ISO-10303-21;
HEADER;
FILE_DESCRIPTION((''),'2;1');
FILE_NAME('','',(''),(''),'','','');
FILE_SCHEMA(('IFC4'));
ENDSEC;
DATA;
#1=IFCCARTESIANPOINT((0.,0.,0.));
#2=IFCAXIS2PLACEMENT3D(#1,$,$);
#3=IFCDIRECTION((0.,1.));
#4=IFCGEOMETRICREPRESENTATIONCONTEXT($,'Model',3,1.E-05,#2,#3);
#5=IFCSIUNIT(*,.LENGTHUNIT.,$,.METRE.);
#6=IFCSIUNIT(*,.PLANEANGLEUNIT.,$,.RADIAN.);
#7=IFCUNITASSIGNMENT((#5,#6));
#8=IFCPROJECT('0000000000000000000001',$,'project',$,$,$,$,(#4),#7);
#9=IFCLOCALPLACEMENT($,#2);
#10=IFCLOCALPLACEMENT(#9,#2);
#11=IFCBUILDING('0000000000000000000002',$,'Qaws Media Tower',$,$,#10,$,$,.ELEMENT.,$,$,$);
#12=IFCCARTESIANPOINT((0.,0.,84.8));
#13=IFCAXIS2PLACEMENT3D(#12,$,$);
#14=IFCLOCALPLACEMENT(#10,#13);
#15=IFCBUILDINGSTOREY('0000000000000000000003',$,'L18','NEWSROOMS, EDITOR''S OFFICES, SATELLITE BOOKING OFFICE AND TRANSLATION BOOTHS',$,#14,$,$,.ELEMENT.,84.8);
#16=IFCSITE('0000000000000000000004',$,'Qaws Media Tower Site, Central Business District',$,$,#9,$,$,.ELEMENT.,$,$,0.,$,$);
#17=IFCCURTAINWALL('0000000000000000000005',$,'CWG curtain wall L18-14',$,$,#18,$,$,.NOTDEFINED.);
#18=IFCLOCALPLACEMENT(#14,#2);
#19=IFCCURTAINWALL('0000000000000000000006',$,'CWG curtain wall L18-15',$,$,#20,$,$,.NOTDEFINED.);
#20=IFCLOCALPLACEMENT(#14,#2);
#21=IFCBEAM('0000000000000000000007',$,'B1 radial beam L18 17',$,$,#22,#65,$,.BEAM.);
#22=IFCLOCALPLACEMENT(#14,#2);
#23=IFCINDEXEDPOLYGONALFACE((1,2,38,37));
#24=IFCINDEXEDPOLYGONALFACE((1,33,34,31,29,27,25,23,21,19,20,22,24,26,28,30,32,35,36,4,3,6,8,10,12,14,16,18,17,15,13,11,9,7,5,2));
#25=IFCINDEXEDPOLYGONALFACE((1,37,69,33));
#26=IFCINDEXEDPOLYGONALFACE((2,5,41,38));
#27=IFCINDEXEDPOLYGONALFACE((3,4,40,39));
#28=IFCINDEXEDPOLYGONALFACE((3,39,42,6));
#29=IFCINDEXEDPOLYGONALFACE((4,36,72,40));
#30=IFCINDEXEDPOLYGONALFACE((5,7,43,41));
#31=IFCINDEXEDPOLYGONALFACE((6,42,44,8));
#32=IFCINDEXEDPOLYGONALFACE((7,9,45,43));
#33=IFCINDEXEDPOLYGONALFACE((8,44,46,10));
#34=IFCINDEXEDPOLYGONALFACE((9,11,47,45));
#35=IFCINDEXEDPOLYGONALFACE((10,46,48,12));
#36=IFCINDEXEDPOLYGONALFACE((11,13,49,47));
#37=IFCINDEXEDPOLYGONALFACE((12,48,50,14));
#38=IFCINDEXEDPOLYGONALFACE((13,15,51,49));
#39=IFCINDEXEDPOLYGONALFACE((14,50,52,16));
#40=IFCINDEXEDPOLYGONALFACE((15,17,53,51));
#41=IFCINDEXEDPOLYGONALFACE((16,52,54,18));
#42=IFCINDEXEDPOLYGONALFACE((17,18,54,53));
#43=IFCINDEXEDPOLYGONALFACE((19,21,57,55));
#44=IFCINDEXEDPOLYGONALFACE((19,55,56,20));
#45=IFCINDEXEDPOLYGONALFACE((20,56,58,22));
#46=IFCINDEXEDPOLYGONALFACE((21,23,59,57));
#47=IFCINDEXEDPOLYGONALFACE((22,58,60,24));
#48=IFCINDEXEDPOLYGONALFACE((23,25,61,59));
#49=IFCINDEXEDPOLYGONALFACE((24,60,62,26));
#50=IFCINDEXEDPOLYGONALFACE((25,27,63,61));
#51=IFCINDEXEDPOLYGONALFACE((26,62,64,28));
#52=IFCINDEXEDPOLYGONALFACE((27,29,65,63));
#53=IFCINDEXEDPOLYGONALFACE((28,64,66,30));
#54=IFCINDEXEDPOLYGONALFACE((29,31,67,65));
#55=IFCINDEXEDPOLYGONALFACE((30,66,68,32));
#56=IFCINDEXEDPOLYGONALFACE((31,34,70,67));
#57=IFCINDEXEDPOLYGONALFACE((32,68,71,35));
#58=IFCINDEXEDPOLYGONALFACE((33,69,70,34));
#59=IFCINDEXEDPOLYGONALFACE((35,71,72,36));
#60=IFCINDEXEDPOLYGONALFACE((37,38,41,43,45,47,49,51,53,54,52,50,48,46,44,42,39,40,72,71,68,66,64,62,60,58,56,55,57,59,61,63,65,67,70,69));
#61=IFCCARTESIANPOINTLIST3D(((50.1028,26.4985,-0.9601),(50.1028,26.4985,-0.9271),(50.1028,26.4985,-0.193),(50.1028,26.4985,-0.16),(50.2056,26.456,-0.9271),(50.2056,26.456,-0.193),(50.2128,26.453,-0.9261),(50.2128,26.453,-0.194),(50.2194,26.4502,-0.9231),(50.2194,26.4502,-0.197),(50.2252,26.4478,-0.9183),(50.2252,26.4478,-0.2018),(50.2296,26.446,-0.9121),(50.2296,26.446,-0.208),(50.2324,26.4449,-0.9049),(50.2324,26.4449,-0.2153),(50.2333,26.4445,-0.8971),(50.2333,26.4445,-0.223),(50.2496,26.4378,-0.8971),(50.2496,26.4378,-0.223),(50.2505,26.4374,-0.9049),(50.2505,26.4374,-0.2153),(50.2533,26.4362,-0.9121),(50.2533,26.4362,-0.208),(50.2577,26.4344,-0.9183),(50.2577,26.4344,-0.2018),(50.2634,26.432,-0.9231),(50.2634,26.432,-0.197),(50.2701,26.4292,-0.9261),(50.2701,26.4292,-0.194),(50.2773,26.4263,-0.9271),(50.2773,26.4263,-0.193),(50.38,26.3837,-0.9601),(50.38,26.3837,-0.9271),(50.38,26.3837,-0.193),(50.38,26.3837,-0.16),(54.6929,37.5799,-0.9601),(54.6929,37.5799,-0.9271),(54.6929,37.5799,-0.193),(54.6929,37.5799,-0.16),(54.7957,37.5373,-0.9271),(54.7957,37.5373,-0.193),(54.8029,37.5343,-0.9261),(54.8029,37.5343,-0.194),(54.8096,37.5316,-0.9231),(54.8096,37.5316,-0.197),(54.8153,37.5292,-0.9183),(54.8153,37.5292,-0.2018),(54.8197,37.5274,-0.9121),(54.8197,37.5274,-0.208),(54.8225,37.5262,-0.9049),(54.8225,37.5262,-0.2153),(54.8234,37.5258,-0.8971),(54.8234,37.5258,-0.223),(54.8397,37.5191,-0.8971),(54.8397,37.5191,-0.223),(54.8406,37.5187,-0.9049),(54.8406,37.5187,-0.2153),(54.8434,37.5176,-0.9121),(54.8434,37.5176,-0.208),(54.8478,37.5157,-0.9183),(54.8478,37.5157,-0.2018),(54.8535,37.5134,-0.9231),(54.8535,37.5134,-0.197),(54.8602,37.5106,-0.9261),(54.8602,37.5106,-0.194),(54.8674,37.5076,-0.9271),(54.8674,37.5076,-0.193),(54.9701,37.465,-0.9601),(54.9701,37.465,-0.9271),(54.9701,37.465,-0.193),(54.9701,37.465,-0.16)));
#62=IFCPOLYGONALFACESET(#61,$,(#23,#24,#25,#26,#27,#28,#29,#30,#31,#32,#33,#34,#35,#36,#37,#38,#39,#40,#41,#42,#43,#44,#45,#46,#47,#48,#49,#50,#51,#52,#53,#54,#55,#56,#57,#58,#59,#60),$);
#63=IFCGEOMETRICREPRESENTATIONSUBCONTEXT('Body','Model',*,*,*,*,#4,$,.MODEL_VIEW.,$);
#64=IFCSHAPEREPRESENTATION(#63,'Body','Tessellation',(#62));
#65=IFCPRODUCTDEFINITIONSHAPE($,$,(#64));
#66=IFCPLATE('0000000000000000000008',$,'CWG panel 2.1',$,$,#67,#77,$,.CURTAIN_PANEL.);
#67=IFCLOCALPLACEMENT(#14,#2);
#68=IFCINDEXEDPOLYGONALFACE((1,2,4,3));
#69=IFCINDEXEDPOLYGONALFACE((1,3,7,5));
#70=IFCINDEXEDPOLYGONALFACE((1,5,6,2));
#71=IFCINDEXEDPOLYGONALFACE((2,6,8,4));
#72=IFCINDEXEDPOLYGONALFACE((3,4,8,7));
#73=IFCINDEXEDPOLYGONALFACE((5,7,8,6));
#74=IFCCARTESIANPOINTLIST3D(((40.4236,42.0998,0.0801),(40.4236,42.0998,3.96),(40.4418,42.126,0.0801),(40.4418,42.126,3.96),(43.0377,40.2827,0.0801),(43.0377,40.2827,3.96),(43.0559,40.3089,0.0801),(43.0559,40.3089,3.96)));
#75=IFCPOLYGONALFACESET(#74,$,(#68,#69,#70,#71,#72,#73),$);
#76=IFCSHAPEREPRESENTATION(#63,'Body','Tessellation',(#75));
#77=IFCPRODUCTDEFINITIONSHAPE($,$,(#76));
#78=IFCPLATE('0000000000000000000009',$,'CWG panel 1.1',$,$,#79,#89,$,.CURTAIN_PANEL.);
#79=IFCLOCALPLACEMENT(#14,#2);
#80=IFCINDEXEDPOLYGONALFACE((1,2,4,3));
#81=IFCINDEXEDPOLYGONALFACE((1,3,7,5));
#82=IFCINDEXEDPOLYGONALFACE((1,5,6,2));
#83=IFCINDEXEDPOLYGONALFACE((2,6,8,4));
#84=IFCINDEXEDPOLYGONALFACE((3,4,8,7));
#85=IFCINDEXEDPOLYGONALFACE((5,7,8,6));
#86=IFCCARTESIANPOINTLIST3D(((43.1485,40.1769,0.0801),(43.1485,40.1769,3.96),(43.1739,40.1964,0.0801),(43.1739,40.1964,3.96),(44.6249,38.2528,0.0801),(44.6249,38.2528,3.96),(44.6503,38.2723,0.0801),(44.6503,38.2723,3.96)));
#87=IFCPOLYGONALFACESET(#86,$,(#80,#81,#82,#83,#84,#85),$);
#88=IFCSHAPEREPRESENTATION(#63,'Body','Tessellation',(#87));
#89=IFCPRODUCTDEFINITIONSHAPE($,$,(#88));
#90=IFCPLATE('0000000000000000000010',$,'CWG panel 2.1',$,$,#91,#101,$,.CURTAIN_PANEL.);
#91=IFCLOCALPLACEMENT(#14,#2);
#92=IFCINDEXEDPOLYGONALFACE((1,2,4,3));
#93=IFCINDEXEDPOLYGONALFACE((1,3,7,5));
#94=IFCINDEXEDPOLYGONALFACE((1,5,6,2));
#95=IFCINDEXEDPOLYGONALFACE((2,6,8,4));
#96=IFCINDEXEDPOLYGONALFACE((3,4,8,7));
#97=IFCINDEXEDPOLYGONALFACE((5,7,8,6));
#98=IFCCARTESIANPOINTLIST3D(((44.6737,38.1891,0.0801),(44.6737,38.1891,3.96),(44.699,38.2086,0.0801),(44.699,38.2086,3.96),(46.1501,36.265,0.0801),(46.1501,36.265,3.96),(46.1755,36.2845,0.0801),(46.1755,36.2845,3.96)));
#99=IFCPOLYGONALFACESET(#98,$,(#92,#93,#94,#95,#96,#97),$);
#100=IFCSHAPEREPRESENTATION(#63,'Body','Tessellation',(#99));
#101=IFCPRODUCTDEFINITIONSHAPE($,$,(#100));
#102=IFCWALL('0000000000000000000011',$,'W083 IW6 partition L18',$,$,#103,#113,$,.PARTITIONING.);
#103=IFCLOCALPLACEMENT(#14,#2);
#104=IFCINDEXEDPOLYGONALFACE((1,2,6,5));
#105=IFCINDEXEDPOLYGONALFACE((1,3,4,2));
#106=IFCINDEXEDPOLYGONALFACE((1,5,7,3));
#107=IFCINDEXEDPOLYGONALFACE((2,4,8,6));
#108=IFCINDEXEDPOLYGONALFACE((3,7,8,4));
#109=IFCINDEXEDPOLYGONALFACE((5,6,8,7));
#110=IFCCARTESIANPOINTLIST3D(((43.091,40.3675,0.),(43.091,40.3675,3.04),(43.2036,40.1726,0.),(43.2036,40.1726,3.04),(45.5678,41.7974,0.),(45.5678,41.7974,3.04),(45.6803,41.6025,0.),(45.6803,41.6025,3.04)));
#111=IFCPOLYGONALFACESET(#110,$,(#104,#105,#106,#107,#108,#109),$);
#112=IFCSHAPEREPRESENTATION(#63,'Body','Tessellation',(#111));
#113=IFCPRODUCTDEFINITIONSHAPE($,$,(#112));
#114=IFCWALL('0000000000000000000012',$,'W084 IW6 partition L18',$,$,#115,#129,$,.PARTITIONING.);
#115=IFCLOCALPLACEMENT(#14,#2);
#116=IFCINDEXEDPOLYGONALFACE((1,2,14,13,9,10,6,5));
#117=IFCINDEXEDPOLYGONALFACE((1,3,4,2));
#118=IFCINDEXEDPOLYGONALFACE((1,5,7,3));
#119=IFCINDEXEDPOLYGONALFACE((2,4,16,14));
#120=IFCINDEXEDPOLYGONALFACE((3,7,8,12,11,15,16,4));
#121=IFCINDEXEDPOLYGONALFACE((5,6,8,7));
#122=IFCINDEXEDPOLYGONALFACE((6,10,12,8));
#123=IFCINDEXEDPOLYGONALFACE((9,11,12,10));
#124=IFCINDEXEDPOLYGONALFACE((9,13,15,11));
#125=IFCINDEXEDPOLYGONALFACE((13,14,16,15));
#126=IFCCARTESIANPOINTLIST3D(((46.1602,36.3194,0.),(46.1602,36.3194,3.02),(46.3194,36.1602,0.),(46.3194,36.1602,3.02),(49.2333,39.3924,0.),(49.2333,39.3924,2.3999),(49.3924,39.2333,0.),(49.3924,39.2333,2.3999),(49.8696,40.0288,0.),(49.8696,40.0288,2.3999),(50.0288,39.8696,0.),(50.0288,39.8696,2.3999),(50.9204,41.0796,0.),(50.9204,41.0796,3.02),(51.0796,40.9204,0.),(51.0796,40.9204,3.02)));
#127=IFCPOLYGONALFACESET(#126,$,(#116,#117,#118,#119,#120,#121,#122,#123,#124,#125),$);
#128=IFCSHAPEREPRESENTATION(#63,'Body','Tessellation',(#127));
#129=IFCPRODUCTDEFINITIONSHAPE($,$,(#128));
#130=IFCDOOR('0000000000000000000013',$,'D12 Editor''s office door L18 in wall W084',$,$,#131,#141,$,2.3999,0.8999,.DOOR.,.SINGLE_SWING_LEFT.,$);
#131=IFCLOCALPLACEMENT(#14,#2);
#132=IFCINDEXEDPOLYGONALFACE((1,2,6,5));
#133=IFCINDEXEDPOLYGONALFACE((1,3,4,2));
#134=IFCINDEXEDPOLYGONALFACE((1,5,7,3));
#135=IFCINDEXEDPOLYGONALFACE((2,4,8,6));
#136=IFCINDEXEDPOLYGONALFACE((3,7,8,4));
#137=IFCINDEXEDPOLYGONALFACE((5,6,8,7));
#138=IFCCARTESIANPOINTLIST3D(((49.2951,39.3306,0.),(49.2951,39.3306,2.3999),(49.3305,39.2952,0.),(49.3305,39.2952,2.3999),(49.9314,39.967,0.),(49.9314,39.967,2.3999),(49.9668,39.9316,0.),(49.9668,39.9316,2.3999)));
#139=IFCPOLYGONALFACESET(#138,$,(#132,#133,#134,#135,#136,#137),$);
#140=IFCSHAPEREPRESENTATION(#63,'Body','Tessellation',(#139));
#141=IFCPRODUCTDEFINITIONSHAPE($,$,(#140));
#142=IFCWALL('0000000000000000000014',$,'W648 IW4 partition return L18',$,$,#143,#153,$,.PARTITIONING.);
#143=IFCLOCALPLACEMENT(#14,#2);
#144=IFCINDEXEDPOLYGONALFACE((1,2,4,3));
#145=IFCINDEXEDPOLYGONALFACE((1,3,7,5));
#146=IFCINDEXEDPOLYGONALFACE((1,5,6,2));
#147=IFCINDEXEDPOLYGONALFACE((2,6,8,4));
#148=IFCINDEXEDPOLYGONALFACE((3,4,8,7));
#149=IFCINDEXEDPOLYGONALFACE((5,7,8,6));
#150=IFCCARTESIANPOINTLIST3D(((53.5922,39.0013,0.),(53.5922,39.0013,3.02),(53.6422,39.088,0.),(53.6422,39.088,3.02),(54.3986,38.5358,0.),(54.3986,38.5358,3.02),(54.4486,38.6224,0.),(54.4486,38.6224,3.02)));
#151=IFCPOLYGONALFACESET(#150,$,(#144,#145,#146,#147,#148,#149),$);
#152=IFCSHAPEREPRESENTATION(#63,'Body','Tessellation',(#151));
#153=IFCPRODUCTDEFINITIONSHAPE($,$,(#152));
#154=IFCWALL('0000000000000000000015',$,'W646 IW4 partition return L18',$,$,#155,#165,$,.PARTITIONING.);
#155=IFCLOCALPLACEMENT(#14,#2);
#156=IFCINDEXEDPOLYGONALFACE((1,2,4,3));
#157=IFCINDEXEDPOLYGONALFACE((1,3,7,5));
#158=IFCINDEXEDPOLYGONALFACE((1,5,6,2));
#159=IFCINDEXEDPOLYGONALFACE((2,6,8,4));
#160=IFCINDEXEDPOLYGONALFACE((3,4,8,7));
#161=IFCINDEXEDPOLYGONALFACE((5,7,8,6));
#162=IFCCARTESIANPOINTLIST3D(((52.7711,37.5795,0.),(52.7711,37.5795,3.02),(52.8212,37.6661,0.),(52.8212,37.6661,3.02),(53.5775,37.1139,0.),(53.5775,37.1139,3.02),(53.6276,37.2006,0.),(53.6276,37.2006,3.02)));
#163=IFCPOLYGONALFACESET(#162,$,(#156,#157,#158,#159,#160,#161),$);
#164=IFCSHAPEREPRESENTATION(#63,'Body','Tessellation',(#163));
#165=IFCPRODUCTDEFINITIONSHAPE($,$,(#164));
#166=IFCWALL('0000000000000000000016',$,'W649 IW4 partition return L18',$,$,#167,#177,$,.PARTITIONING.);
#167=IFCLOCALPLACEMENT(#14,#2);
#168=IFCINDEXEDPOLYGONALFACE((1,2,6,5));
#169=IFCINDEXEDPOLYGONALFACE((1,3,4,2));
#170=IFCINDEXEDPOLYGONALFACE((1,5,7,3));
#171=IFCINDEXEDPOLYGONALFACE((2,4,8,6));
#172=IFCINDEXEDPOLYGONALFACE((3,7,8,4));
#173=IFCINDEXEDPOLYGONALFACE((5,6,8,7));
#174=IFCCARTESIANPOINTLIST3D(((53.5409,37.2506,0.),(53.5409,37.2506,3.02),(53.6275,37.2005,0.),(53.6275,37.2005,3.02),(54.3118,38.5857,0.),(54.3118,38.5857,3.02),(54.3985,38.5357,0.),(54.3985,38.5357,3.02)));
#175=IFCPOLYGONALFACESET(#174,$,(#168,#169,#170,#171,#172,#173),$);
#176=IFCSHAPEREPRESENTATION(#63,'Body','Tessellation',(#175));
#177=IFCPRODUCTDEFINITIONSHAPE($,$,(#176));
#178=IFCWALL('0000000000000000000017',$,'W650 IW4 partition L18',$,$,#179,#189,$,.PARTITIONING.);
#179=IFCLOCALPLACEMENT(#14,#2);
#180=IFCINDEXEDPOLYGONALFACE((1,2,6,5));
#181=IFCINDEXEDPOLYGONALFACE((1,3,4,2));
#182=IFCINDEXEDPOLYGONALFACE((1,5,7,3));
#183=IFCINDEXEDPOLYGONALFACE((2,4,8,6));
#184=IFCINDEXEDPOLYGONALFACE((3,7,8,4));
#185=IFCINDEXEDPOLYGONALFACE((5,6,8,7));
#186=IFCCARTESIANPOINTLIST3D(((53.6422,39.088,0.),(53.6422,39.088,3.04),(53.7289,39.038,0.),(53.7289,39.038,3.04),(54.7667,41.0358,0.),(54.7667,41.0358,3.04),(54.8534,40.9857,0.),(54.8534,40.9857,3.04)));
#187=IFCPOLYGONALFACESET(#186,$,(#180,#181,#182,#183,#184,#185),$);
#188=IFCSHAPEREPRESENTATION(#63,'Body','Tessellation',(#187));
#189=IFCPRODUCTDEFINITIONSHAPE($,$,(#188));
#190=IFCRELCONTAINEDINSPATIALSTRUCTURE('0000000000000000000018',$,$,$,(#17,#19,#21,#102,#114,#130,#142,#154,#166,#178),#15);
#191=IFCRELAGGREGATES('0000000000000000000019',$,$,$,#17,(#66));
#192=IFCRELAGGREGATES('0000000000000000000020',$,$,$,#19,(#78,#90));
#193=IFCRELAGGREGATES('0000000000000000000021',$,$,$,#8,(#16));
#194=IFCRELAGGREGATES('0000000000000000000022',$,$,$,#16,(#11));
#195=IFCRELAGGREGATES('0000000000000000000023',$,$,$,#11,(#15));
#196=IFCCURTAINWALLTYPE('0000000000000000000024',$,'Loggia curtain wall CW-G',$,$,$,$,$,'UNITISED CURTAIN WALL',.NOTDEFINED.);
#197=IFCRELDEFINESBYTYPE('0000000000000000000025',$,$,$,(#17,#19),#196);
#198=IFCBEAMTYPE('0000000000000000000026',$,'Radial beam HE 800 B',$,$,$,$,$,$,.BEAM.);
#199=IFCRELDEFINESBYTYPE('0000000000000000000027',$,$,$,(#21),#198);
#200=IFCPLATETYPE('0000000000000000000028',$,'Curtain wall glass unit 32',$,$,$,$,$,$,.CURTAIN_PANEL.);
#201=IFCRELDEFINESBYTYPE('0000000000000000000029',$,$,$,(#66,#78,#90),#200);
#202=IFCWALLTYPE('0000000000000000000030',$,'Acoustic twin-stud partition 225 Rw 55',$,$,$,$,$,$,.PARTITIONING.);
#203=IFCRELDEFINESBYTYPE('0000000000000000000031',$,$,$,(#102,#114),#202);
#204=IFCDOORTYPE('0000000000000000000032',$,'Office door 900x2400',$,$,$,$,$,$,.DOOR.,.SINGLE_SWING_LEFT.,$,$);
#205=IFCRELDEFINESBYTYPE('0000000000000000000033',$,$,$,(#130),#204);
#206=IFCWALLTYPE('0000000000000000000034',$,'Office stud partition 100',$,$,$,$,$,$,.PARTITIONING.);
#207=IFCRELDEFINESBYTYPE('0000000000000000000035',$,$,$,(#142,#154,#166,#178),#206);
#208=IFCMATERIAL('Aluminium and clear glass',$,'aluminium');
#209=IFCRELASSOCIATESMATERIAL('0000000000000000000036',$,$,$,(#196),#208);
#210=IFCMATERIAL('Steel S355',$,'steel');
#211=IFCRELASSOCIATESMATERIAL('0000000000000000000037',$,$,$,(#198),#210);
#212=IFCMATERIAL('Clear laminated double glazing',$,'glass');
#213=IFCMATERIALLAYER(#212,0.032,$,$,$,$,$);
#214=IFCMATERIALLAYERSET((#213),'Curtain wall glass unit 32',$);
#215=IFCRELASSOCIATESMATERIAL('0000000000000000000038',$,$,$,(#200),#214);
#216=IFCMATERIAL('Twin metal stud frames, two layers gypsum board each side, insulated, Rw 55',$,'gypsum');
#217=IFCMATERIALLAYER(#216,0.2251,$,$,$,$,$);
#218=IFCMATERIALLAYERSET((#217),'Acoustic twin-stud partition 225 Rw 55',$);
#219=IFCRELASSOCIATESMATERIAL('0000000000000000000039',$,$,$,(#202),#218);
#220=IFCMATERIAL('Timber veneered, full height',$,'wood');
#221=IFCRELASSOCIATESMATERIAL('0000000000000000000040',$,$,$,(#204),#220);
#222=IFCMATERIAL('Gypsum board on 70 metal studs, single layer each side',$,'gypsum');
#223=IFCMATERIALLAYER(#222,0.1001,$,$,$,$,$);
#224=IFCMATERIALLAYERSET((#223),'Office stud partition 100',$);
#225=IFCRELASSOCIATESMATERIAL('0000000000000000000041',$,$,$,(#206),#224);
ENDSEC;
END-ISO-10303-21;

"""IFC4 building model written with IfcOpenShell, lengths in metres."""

from ifc_helpers import new_model, si_unit, direction, frame, frame_2d, origin, origin_2d, place, context, subcontext, project, spatial, rectangle, i_section, extrude, material, layer, layer_set, material_profile, profile_set, type_object, element, fill, aggregate, save


model = new_model("IFC4")

# Units and contexts
model_context = context("Model", 3, precision=1e-05, world=origin(), true_north=direction((0.0, 1.0)))
body_context = subcontext(model_context, "Body", "Model", "MODEL_VIEW")
ifc_project = project(units=[si_unit("LENGTHUNIT", "METRE"), si_unit("PLANEANGLEUNIT", "RADIAN")], contexts=[model_context])

# Site, building, storey
site_placement = place(None, origin())
site = spatial("IfcSite", under=ifc_project, at=site_placement, Name="Qaws Media Tower Site, Central Business District", CompositionType="ELEMENT", RefElevation=0.0)
building_placement = place(site_placement, origin())
building = spatial("IfcBuilding", under=site, at=building_placement, Name="Qaws Media Tower", CompositionType="ELEMENT")
storey_placement = place(building_placement, frame((0.0, 0.0, 84.8)))
storey = spatial("IfcBuildingStorey", under=building, at=storey_placement, Name="L18", Description="NEWSROOMS, EDITOR'S OFFICES, SATELLITE BOOKING OFFICE AND TRANSLATION BOOTHS", CompositionType="ELEMENT", Elevation=84.8)

# Curtain wall
ifc_material_1 = material(Name="Aluminium and clear glass", Category="aluminium")
curtain_wall_type = type_object("IfcCurtainWallType", Name="Loggia curtain wall CW-G", ElementType="UNITISED CURTAIN WALL", PredefinedType="NOTDEFINED", material=ifc_material_1)
curtain_wall_1_placement = place(storey_placement, origin())
curtain_wall_1 = element("IfcCurtainWall", 1, at=curtain_wall_1_placement, inside=storey, type_object=curtain_wall_type, Name="CWG curtain wall L18-14", PredefinedType="NOTDEFINED")

# Curtain wall
curtain_wall_2_placement = place(storey_placement, origin())
curtain_wall_2 = element("IfcCurtainWall", 2, at=curtain_wall_2_placement, inside=storey, type_object=curtain_wall_type, Name="CWG curtain wall L18-15", PredefinedType="NOTDEFINED")

# Beam
ifc_material_2 = material(Name="Steel S355", Category="steel")
ifc_material_profile_1 = material_profile(ifc_material_2, i_section(OverallWidth=0.3, OverallDepth=0.8, WebThickness=0.0176, FlangeThickness=0.033, FilletRadius=0.03, at=origin_2d()), Name="HE 800 B")
ifc_profile_set_1 = profile_set([ifc_material_profile_1], Name="Steel S355")
beam_type_1 = type_object("IfcBeamType", Name="Radial beam HE 800 B", PredefinedType="BEAM", material=ifc_profile_set_1)
for number, where, z_axis, x_axis, name in (
    (3, (54.8315, 37.5225, -0.5601), (-0.382688, -0.923878, 0.0), (0.923878, -0.382688, 0.0), "B1 radial beam L18 17"),
):
    element("IfcBeam", number, at=place(storey_placement, frame(where, z_axis=z_axis, x_axis=x_axis)), inside=storey, type_object=beam_type_1, Name=name, PredefinedType="BEAM", context=body_context, shape_type="SweptSolid", body=[
        extrude(i_section(OverallWidth=0.3, OverallDepth=0.8, WebThickness=0.0176, FlangeThickness=0.033, FilletRadius=0.03, at=origin_2d()), origin(), (0.0, 0.0, 1.0), 11.9944),
    ])

# Plates
ifc_material_3 = material(Name="Clear laminated double glazing", Category="glass")
ifc_layer_1 = layer(ifc_material_3, 0.032)
ifc_layer_set_1 = layer_set([ifc_layer_1], Name="Curtain wall glass unit 32")
plate_type = type_object("IfcPlateType", Name="Curtain wall glass unit 32", PredefinedType="CURTAIN_PANEL", material=ifc_layer_set_1)
plate_1_placement = place(storey_placement, frame((41.7397, 41.2043, 0.0801), z_axis=(0.0, 0.0, 1.0), x_axis=(0.821111, -0.570768, 0.0)))
plate_1 = element("IfcPlate", 4, at=plate_1_placement, type_object=plate_type, Name="CWG panel 2.1", PredefinedType="CURTAIN_PANEL", context=body_context, shape_type="SweptSolid", body=[
    extrude(rectangle(XDim=3.1836, YDim=0.032, at=origin_2d()), origin(), (0.0, 0.0, 1.0), 3.8799),
])
aggregate(curtain_wall_1, [plate_1])
plate_2_placement = place(storey_placement, frame((43.8994, 39.2246, 0.0801), z_axis=(0.0, 0.0, 1.0), x_axis=(0.608761, -0.793353, 0.0)))
plate_2 = element("IfcPlate", 5, at=plate_2_placement, type_object=plate_type, Name="CWG panel 1.1", PredefinedType="CURTAIN_PANEL", context=body_context, shape_type="SweptSolid", body=[
    extrude(rectangle(XDim=2.4253, YDim=0.032, at=origin_2d()), origin(), (0.0, 0.0, 1.0), 3.8799),
])
plate_3_placement = place(storey_placement, frame((45.4246, 37.2368, 0.0801), z_axis=(0.0, 0.0, 1.0), x_axis=(0.608761, -0.793353, 0.0)))
plate_3 = element("IfcPlate", 6, at=plate_3_placement, type_object=plate_type, Name="CWG panel 2.1", PredefinedType="CURTAIN_PANEL", context=body_context, shape_type="SweptSolid", body=[
    extrude(rectangle(XDim=2.4253, YDim=0.032, at=origin_2d()), origin(), (0.0, 0.0, 1.0), 3.8799),
])
aggregate(curtain_wall_2, [plate_2, plate_3])

# Wall
ifc_material_4 = material(Name="Twin metal stud frames, two layers gypsum board each side, insulated, Rw 55", Category="gypsum")
ifc_layer_2 = layer(ifc_material_4, 0.2251)
ifc_layer_set_2 = layer_set([ifc_layer_2], Name="Acoustic twin-stud partition 225 Rw 55")
wall_type_1 = type_object("IfcWallType", Name="Acoustic twin-stud partition 225 Rw 55", PredefinedType="PARTITIONING", material=ifc_layer_set_2)
wall_1_placement = place(storey_placement, frame((45.624, 41.7, 0.0), z_axis=(0.0, 0.0, 1.0), x_axis=(-0.866033, -0.499986, 0.0)))
element("IfcWall", 7, at=wall_1_placement, inside=storey, type_object=wall_type_1, Name="W083 IW6 partition L18", PredefinedType="PARTITIONING", context=body_context, shape_type="SweptSolid", body=[
    extrude(rectangle(XDim=2.8599, YDim=0.2251, at=frame_2d((1.4299, 0.0))), origin(), (0.0, 0.0, 1.0), 3.04),
])

# Wall, opening, door
wall_2_placement = place(storey_placement, frame((51.0, 41.0, 0.0), z_axis=(0.0, 0.0, 1.0), x_axis=(-0.707107, -0.707107, 0.0)))
wall_2 = element("IfcWall", 8, at=wall_2_placement, inside=storey, type_object=wall_type_1, Name="W084 IW6 partition L18", PredefinedType="PARTITIONING", context=body_context, shape_type="SweptSolid", body=[
    extrude(rectangle(XDim=6.7319, YDim=0.2251, at=frame_2d((3.366, 0.0))), origin(), (0.0, 0.0, 1.0), 3.02),
])
opening_1_placement = place(wall_2_placement, frame((1.4861, 0.0, 0.0)))
opening_1 = element("IfcOpeningElement", 9, at=opening_1_placement, cuts=wall_2, PredefinedType="OPENING", context=body_context, shape_type="SweptSolid", body=[
    extrude(rectangle(XDim=0.8999, YDim=2.3999, at=frame_2d((0.45, 1.2))), frame((0.0, 0.1226, 0.0), z_axis=(0.0, -1.0, 0.0), x_axis=(1.0, 0.0, 0.0)), (0.0, 0.0, 1.0), 0.2451),
])
ifc_material_5 = material(Name="Timber veneered, full height", Category="wood")
door_type_1 = type_object("IfcDoorType", Name="Office door 900x2400", OperationType="SINGLE_SWING_LEFT", PredefinedType="DOOR", material=ifc_material_5)
door_1_placement = place(opening_1_placement, origin())
door_1 = element("IfcDoor", 10, at=door_1_placement, inside=storey, type_object=door_type_1, Name="D12 Editor's office door L18 in wall W084", OperationType="SINGLE_SWING_LEFT", OverallHeight=2.3999, OverallWidth=0.8999, PredefinedType="DOOR", context=body_context, shape_type="SweptSolid", body=[
    extrude(rectangle(XDim=0.8999, YDim=2.3999, at=frame_2d((0.45, 1.2))), frame((0.0, 0.0249, 0.0), z_axis=(0.0, -1.0, 0.0), x_axis=(1.0, 0.0, 0.0)), (0.0, 0.0, 1.0), 0.05),
])
fill(opening_1, door_1)

# Walls
ifc_material_6 = material(Name="Gypsum board on 70 metal studs, single layer each side", Category="gypsum")
ifc_layer_3 = layer(ifc_material_6, 0.1001)
ifc_layer_set_3 = layer_set([ifc_layer_3], Name="Office stud partition 100")
wall_type_2 = type_object("IfcWallType", Name="Office stud partition 100", PredefinedType="PARTITIONING", material=ifc_layer_set_3)
for number, where, z_axis, x_axis, name in (
    (11, (53.6172, 39.0447, 0.0), (0.0, 0.0, 1.0), (0.866024, -0.500002, 0.0), "W648 IW4 partition return L18"),
    (12, (52.7961, 37.6228, 0.0), (0.0, 0.0, 1.0), (0.866024, -0.500002, 0.0), "W646 IW4 partition return L18"),
):
    element("IfcWall", number, at=place(storey_placement, frame(where, z_axis=z_axis, x_axis=x_axis)), inside=storey, type_object=wall_type_2, Name=name, PredefinedType="PARTITIONING", context=body_context, shape_type="SweptSolid", body=[
        extrude(rectangle(XDim=0.9312, YDim=0.1001, at=frame_2d((0.4656, 0.0))), origin(), (0.0, 0.0, 1.0), 3.02),
    ])
wall_3_placement = place(storey_placement, frame((54.3552, 38.5608, 0.0), z_axis=(0.0, 0.0, 1.0), x_axis=(-0.500056, -0.865993, 0.0)))
element("IfcWall", 13, at=wall_3_placement, inside=storey, type_object=wall_type_2, Name="W649 IW4 partition return L18", PredefinedType="PARTITIONING", context=body_context, shape_type="SweptSolid", body=[
    extrude(rectangle(XDim=1.5417, YDim=0.1001, at=frame_2d((0.771, 0.0))), origin(), (0.0, 0.0, 1.0), 3.02),
])
wall_4_placement = place(storey_placement, frame((54.8101, 41.0107, 0.0), z_axis=(0.0, 0.0, 1.0), x_axis=(-0.499992, -0.86603, 0.0)))
element("IfcWall", 14, at=wall_4_placement, inside=storey, type_object=wall_type_2, Name="W650 IW4 partition L18", PredefinedType="PARTITIONING", context=body_context, shape_type="SweptSolid", body=[
    extrude(rectangle(XDim=2.249, YDim=0.1001, at=frame_2d((1.1245, 0.0))), origin(), (0.0, 0.0, 1.0), 3.04),
])

save(model, "model.ifc")
